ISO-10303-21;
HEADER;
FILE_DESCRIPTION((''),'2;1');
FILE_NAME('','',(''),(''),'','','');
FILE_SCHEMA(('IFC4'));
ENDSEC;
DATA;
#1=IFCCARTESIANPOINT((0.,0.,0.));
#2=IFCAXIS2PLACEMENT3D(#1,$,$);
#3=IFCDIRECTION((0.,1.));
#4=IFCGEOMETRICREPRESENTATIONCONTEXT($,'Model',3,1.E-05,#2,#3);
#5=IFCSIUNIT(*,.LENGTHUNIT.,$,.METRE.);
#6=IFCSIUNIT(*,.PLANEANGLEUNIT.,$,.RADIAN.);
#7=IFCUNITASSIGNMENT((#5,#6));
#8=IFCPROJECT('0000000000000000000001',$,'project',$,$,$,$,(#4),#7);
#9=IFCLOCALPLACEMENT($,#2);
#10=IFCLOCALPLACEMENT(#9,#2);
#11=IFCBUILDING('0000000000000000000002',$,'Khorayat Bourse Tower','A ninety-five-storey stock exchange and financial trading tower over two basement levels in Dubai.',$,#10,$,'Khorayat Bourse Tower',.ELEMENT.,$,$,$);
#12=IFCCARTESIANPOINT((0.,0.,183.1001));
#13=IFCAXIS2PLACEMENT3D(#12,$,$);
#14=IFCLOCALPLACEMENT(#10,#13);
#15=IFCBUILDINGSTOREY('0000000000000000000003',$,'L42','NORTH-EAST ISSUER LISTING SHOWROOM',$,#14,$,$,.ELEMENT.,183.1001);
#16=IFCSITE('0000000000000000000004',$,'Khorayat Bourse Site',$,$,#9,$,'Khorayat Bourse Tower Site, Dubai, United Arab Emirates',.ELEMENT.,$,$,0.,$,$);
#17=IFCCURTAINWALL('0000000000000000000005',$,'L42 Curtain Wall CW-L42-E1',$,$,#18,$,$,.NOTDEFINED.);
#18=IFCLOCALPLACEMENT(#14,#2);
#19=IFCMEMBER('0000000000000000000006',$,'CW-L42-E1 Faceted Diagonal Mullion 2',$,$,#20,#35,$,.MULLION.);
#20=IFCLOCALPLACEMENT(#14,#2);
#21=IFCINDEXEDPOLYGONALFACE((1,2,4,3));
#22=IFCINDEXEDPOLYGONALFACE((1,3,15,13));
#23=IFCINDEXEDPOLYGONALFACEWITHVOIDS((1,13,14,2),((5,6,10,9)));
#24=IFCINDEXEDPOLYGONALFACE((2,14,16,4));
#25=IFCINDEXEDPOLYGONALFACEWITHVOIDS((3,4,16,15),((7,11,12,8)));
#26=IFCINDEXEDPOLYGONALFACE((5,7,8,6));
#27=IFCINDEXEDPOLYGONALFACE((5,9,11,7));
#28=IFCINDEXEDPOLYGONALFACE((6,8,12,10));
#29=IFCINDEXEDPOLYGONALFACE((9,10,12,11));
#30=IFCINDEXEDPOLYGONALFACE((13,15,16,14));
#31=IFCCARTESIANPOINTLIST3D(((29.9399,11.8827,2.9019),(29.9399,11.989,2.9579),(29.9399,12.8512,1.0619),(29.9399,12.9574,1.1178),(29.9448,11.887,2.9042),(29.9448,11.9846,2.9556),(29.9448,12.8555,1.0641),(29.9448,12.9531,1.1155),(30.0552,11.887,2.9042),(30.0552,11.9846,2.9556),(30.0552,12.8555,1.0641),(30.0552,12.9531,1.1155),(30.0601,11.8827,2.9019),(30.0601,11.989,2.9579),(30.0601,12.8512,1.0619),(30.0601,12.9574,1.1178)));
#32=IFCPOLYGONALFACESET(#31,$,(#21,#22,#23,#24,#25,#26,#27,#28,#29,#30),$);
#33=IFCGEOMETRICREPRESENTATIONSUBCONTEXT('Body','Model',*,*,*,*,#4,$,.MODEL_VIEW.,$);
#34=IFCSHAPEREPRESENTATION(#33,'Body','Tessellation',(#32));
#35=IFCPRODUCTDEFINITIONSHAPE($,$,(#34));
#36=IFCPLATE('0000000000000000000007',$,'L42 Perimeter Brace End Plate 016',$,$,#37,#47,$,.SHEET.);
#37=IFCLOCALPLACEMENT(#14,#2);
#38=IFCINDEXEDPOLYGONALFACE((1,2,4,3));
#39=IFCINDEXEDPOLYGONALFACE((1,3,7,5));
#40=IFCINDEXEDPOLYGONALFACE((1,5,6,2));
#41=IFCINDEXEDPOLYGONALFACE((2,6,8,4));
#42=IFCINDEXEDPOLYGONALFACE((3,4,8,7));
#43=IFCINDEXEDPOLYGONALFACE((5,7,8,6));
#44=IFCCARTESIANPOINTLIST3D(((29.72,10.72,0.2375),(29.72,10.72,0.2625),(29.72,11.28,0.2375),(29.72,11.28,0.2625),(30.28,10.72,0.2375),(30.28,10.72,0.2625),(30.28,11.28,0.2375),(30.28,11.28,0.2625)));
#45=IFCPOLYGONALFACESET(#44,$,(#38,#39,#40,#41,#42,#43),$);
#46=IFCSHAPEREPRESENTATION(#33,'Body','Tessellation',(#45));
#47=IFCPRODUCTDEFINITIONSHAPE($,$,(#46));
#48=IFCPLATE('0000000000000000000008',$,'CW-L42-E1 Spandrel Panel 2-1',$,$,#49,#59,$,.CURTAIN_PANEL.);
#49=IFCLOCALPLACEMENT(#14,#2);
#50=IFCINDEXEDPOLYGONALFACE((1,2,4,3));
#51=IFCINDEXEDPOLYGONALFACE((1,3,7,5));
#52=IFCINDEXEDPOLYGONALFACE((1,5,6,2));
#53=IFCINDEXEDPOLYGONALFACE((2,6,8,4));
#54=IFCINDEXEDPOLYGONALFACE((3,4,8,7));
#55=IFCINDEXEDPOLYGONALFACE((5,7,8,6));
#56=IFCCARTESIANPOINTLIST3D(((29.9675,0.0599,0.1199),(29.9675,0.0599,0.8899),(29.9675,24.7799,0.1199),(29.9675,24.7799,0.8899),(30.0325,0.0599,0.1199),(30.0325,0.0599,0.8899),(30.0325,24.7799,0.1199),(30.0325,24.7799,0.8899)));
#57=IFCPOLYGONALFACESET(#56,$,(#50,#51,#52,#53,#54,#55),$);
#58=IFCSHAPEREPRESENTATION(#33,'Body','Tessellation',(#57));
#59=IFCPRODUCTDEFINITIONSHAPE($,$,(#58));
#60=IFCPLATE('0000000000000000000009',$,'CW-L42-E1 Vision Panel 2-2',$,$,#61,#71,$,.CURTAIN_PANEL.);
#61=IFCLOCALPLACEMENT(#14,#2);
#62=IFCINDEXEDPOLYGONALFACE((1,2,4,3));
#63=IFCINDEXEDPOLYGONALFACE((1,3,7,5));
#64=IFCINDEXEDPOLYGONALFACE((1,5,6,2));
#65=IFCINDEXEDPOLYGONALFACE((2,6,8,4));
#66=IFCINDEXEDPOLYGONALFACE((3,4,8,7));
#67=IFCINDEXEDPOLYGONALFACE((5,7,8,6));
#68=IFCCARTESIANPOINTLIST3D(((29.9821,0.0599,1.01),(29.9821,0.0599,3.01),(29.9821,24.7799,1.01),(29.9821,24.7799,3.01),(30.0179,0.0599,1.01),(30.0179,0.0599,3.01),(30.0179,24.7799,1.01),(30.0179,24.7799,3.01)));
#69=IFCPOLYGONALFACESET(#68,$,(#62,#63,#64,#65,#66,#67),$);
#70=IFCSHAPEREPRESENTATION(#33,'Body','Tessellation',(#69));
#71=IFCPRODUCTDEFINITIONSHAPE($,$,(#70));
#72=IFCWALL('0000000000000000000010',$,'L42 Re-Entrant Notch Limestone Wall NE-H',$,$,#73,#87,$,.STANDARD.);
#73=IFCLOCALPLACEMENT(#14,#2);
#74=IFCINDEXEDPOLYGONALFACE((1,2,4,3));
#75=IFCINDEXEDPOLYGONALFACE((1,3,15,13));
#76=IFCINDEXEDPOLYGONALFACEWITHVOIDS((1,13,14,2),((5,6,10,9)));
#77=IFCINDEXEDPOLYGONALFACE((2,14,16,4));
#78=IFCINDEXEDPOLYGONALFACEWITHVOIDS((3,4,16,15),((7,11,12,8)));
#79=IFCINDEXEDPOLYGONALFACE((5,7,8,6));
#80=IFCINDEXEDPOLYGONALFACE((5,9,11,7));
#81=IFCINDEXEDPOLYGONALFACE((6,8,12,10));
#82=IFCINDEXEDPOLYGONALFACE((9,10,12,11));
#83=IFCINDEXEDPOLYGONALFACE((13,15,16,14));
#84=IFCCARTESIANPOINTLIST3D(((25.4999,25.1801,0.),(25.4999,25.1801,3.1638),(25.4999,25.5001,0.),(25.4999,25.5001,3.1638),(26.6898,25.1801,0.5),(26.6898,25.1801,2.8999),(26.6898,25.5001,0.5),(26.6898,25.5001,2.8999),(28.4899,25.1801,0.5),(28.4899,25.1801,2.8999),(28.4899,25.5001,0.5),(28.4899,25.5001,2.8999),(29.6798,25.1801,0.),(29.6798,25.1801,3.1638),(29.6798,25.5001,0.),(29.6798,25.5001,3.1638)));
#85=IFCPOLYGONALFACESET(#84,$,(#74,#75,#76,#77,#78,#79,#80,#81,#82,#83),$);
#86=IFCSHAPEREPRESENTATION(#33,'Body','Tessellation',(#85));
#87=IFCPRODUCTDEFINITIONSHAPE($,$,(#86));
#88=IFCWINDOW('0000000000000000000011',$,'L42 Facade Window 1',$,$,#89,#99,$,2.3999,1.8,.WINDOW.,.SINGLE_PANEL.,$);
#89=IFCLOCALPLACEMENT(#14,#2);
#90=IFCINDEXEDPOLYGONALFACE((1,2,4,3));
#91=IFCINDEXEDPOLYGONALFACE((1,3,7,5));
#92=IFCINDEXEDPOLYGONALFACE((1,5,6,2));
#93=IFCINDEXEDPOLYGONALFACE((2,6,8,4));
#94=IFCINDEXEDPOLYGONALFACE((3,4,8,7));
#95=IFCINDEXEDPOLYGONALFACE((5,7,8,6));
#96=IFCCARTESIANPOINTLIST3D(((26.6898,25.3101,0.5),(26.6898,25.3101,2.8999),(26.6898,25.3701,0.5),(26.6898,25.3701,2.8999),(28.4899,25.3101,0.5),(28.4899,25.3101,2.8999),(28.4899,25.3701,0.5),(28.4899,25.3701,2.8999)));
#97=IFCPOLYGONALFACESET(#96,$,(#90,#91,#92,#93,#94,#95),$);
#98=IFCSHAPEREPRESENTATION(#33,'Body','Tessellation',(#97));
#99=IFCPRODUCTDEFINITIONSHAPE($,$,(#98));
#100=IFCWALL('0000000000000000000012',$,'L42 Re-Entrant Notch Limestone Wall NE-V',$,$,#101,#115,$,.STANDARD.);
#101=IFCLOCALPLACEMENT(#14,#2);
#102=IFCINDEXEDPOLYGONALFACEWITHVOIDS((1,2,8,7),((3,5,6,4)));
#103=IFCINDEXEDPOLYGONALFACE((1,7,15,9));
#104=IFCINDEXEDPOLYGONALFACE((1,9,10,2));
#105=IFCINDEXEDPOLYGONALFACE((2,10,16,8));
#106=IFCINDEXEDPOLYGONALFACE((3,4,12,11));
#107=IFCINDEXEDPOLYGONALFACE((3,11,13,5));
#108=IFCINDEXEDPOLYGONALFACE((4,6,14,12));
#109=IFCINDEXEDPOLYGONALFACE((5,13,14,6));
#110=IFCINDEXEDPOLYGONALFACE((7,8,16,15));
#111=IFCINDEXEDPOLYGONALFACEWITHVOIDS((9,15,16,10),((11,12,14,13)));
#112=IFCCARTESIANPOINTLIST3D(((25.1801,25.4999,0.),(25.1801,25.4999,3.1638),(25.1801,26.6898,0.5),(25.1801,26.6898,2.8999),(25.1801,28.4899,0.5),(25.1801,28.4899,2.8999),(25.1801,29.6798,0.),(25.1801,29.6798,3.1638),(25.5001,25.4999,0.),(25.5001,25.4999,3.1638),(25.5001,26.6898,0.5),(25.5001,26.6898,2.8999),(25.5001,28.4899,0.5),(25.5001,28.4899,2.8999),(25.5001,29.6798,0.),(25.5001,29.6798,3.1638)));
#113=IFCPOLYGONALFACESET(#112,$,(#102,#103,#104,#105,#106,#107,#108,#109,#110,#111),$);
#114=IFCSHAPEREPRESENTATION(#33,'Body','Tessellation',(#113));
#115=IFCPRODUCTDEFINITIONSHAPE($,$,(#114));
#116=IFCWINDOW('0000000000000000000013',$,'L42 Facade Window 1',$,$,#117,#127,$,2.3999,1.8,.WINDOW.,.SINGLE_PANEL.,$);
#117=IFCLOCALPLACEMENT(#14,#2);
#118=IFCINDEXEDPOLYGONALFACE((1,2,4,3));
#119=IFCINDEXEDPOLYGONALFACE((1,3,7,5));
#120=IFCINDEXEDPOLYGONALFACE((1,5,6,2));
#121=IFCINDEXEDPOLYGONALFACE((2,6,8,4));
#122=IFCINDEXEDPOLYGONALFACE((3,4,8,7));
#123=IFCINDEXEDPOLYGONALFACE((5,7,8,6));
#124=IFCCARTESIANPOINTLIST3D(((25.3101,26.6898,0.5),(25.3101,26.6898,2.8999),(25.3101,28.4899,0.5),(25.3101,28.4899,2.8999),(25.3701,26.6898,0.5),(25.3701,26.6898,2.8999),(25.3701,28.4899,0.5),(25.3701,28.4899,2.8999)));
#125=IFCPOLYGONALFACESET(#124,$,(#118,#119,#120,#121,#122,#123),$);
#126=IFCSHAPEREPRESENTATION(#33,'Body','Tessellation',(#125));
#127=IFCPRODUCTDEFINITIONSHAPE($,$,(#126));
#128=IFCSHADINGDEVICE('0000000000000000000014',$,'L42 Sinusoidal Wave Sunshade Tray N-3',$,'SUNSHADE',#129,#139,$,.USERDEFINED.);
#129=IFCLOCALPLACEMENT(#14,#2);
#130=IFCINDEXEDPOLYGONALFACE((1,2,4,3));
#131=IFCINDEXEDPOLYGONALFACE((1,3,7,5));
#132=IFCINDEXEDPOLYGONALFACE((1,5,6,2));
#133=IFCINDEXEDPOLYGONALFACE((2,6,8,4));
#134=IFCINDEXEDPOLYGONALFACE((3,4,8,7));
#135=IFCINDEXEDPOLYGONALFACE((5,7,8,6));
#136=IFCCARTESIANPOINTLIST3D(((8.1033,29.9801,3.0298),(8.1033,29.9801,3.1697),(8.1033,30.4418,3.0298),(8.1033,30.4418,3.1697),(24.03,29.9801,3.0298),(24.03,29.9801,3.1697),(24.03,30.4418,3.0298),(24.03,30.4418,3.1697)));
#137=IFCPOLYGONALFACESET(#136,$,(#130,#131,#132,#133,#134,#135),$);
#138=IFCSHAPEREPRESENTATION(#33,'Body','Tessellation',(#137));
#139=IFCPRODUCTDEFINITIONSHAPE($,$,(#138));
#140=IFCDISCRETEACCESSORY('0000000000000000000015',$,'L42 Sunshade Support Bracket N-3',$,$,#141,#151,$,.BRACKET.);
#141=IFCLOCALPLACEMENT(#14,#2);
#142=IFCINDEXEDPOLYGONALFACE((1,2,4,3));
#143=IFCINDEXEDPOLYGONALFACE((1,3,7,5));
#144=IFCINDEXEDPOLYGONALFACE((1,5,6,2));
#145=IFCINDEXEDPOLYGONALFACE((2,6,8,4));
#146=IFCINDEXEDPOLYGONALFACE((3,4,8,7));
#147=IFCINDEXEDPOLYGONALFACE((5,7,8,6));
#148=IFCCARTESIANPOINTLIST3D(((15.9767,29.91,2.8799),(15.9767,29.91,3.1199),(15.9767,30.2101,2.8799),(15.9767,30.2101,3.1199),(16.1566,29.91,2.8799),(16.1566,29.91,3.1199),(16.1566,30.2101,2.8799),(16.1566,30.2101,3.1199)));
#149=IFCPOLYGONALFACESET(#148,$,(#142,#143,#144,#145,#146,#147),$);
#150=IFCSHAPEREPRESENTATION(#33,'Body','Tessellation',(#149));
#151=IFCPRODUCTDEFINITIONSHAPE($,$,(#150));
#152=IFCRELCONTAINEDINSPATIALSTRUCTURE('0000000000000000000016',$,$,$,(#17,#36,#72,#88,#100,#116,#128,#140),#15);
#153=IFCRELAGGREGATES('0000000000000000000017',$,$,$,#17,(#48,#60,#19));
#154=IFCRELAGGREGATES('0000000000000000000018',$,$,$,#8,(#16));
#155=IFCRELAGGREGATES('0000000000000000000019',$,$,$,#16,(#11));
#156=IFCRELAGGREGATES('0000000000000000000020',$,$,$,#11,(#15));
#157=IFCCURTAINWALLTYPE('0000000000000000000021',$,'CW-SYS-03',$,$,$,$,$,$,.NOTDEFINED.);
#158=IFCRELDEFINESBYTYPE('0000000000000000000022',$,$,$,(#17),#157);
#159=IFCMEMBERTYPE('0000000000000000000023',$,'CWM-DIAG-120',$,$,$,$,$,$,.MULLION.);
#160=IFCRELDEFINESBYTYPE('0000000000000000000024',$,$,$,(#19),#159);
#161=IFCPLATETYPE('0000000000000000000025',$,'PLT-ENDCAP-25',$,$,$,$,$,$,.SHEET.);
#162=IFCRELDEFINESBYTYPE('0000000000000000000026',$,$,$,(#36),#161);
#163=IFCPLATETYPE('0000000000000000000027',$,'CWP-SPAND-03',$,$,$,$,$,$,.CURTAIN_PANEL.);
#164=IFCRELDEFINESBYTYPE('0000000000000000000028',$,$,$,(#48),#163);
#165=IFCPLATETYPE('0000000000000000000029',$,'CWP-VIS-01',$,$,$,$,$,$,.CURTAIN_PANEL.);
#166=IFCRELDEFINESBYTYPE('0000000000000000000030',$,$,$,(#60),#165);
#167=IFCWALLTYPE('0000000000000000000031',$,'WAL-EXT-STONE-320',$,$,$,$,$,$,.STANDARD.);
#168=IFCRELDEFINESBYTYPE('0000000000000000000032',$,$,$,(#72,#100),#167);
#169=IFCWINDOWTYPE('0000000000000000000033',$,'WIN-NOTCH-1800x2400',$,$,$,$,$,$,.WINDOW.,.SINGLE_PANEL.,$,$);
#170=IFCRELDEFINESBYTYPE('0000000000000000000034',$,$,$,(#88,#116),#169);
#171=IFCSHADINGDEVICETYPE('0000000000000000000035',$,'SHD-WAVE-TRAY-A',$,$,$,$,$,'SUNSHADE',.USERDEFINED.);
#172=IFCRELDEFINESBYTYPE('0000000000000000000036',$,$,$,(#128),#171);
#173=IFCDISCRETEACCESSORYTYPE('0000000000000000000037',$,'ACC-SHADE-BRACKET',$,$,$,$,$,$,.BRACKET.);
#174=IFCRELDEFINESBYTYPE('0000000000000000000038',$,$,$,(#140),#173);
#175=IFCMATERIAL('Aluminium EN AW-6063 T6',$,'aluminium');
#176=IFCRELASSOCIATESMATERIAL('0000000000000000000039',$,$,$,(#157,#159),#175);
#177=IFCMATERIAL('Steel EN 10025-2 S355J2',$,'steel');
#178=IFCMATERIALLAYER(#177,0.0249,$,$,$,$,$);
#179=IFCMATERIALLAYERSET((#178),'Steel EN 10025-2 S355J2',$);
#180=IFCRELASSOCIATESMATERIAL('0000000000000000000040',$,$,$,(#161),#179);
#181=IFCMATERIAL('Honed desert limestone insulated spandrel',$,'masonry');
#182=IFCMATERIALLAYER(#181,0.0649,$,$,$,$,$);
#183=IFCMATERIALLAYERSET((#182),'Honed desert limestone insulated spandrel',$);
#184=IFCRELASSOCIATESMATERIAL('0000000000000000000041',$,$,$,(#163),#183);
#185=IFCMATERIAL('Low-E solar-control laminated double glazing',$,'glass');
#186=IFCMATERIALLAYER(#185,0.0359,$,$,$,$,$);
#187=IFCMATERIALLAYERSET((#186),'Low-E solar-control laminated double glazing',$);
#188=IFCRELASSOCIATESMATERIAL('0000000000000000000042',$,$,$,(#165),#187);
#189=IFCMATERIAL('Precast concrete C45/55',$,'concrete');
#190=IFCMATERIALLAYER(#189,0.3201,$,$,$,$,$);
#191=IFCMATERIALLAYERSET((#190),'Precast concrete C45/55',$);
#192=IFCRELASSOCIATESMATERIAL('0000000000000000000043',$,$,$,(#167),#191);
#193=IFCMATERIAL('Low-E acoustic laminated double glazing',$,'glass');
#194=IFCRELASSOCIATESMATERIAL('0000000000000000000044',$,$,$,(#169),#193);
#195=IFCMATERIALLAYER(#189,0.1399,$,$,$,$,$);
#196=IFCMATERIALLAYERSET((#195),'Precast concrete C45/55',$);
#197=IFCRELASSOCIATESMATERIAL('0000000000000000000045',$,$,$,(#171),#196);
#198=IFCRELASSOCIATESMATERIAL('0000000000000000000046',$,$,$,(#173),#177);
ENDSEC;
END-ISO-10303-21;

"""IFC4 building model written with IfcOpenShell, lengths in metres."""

from ifc_helpers import new_model, si_unit, direction, frame, frame_2d, origin, origin_2d, place, context, subcontext, project, spatial, rectangle, hollow_rectangle, extrude, source, transform, mapped, material, layer, layer_set, material_profile, profile_set, type_object, element, fill, aggregate, save


model = new_model("IFC4")

# Units and contexts
model_context = context("Model", 3, precision=1e-05, world=origin(), true_north=direction((0.0, 1.0)))
body_context = subcontext(model_context, "Body", "Model", "MODEL_VIEW")
ifc_project = project(units=[si_unit("LENGTHUNIT", "METRE"), si_unit("PLANEANGLEUNIT", "RADIAN")], contexts=[model_context])

# Site, building, storey
site_placement = place(None, origin())
site = spatial("IfcSite", under=ifc_project, at=site_placement, Name="Khorayat Bourse Site", LongName="Khorayat Bourse Tower Site, Dubai, United Arab Emirates", CompositionType="ELEMENT", RefElevation=0.0)
building_placement = place(site_placement, origin())
building = spatial("IfcBuilding", under=site, at=building_placement, Name="Khorayat Bourse Tower", Description="A ninety-five-storey stock exchange and financial trading tower over two basement levels in Dubai.", LongName="Khorayat Bourse Tower", CompositionType="ELEMENT")
storey_placement = place(building_placement, frame((0.0, 0.0, 183.1001)))
storey = spatial("IfcBuildingStorey", under=building, at=storey_placement, Name="L42", Description="NORTH-EAST ISSUER LISTING SHOWROOM", CompositionType="ELEMENT", Elevation=183.1001)

# Shared definitions
ifc_material_1 = material(Name="Aluminium EN AW-6063 T6", Category="aluminium")
curtain_wall_type = type_object("IfcCurtainWallType", Name="CW-SYS-03", PredefinedType="NOTDEFINED", material=ifc_material_1)

# Curtain wall, member
curtain_wall_1_placement = place(storey_placement, origin())
curtain_wall_1 = element("IfcCurtainWall", 1, at=curtain_wall_1_placement, inside=storey, type_object=curtain_wall_type, Name="L42 Curtain Wall CW-L42-E1", PredefinedType="NOTDEFINED")
ifc_material_profile_1 = material_profile(ifc_material_1, hollow_rectangle(XDim=0.1201, YDim=0.1201, WallThickness=0.0049, at=origin_2d()), Name="ALU 120x120x5")
ifc_profile_set_1 = profile_set([ifc_material_profile_1], Name="Aluminium EN AW-6063 T6")
member_type_1 = type_object("IfcMemberType", Name="CWM-DIAG-120", PredefinedType="MULLION", material=ifc_profile_set_1)
shared_shape_1 = source(origin(), body_context, "Body", "SweptSolid", [
    extrude(hollow_rectangle(XDim=0.1201, YDim=0.1201, WallThickness=0.0049, at=origin_2d()), origin(), (0.0, 0.0, 1.0), 2.0793),
])
member_1_placement = place(storey_placement, frame((30.0, 12.9043, 1.0898), z_axis=(0.0, -0.465761, 0.884911), x_axis=(1.0, 0.0, 0.0)))
member_1 = element("IfcMember", 2, at=member_1_placement, type_object=member_type_1, Name="CW-L42-E1 Faceted Diagonal Mullion 2", PredefinedType="MULLION", context=body_context, shape_type="MappedRepresentation", body=[
    mapped(shared_shape_1, transform((0.0, 0.0, 0.0), scale=1.0)),
])

# Plates
ifc_material_2 = material(Name="Steel EN 10025-2 S355J2", Category="steel")
ifc_layer_1 = layer(ifc_material_2, 0.0249)
ifc_layer_set_1 = layer_set([ifc_layer_1], Name="Steel EN 10025-2 S355J2")
plate_type_1 = type_object("IfcPlateType", Name="PLT-ENDCAP-25", PredefinedType="SHEET", material=ifc_layer_set_1)
shared_shape_2 = source(origin(), body_context, "Body", "SweptSolid", [
    extrude(rectangle(XDim=0.5601, YDim=0.5601, at=origin_2d()), origin(), (0.0, 0.0, 1.0), 0.0249),
])
plate_1_placement = place(storey_placement, frame((30.0, 11.0, 0.2375), z_axis=(0.0, 0.0, 1.0), x_axis=(1.0, 0.0, 0.0)))
element("IfcPlate", 3, at=plate_1_placement, inside=storey, type_object=plate_type_1, Name="L42 Perimeter Brace End Plate 016", PredefinedType="SHEET", context=body_context, shape_type="MappedRepresentation", body=[
    mapped(shared_shape_2, transform((0.0, 0.0, 0.0), scale=1.0)),
])
ifc_material_3 = material(Name="Honed desert limestone insulated spandrel", Category="masonry")
ifc_layer_2 = layer(ifc_material_3, 0.0649)
ifc_layer_set_2 = layer_set([ifc_layer_2], Name="Honed desert limestone insulated spandrel")
plate_type_2 = type_object("IfcPlateType", Name="CWP-SPAND-03", PredefinedType="CURTAIN_PANEL", material=ifc_layer_set_2)
shared_shape_3 = source(origin(), body_context, "Body", "SweptSolid", [
    extrude(rectangle(XDim=24.72, YDim=0.0649, at=origin_2d()), origin(), (0.0, 0.0, 1.0), 0.77),
])
plate_2_placement = place(storey_placement, frame((30.0, 12.4199, 0.1199), z_axis=(0.0, 0.0, 1.0), x_axis=(0.0, 1.0, 0.0)))
plate_2 = element("IfcPlate", 4, at=plate_2_placement, type_object=plate_type_2, Name="CW-L42-E1 Spandrel Panel 2-1", PredefinedType="CURTAIN_PANEL", context=body_context, shape_type="MappedRepresentation", body=[
    mapped(shared_shape_3, transform((0.0, 0.0, 0.0), scale=1.0)),
])
ifc_material_4 = material(Name="Low-E solar-control laminated double glazing", Category="glass")
ifc_layer_3 = layer(ifc_material_4, 0.0359)
ifc_layer_set_3 = layer_set([ifc_layer_3], Name="Low-E solar-control laminated double glazing")
plate_type_3 = type_object("IfcPlateType", Name="CWP-VIS-01", PredefinedType="CURTAIN_PANEL", material=ifc_layer_set_3)
shared_shape_4 = source(origin(), body_context, "Body", "SweptSolid", [
    extrude(rectangle(XDim=24.72, YDim=0.0359, at=origin_2d()), origin(), (0.0, 0.0, 1.0), 2.0),
])
plate_3_placement = place(storey_placement, frame((30.0, 12.4199, 1.01), z_axis=(0.0, 0.0, 1.0), x_axis=(0.0, 1.0, 0.0)))
plate_3 = element("IfcPlate", 5, at=plate_3_placement, type_object=plate_type_3, Name="CW-L42-E1 Vision Panel 2-2", PredefinedType="CURTAIN_PANEL", context=body_context, shape_type="MappedRepresentation", body=[
    mapped(shared_shape_4, transform((0.0, 0.0, 0.0), scale=1.0)),
])
aggregate(curtain_wall_1, [plate_2, plate_3, member_1])

# Walls, openings, windows
ifc_material_5 = material(Name="Precast concrete C45/55", Category="concrete")
ifc_layer_4 = layer(ifc_material_5, 0.3201)
ifc_layer_set_4 = layer_set([ifc_layer_4], Name="Precast concrete C45/55")
wall_type = type_object("IfcWallType", Name="WAL-EXT-STONE-320", PredefinedType="STANDARD", material=ifc_layer_set_4)
shared_shape_5 = source(origin(), body_context, "Body", "SweptSolid", [
    extrude(rectangle(XDim=4.1799, YDim=0.3201, at=frame_2d((2.0898, 0.0))), origin(), (0.0, 0.0, 1.0), 3.1638),
])
wall_1_placement = place(storey_placement, frame((25.5, 25.3401, 0.0), z_axis=(0.0, 0.0, 1.0), x_axis=(1.0, 0.0, 0.0)))
wall_1 = element("IfcWall", 6, at=wall_1_placement, inside=storey, type_object=wall_type, Name="L42 Re-Entrant Notch Limestone Wall NE-H", PredefinedType="STANDARD", context=body_context, shape_type="MappedRepresentation", body=[
    mapped(shared_shape_5, transform((0.0, 0.0, 0.0), scale=1.0)),
])
shared_shape_6 = source(origin(), body_context, "Body", "SweptSolid", [
    extrude(rectangle(XDim=1.8, YDim=2.3999, at=frame_2d((0.8999, 1.2))), frame((0.0, 0.1699, 0.0), z_axis=(0.0, -1.0, 0.0), x_axis=(1.0, 0.0, 0.0)), (0.0, 0.0, 1.0), 0.3401),
])
opening_1_placement = place(wall_1_placement, frame((1.1899, 0.0, 0.5)))
opening_1 = element("IfcOpeningElement", 7, at=opening_1_placement, cuts=wall_1, PredefinedType="OPENING", context=body_context, shape_type="MappedRepresentation", body=[
    mapped(shared_shape_6, transform((0.0, 0.0, 0.0), scale=1.0)),
])
ifc_material_6 = material(Name="Low-E acoustic laminated double glazing", Category="glass")
window_type = type_object("IfcWindowType", Name="WIN-NOTCH-1800x2400", PartitioningType="SINGLE_PANEL", PredefinedType="WINDOW", material=ifc_material_6)
shared_shape_7 = source(origin(), body_context, "Body", "SweptSolid", [
    extrude(rectangle(XDim=1.8, YDim=2.3999, at=frame_2d((0.8999, 1.2))), frame((0.0, 0.03, 0.0), z_axis=(0.0, -1.0, 0.0), x_axis=(1.0, 0.0, 0.0)), (0.0, 0.0, 1.0), 0.0601),
])
window_1_placement = place(opening_1_placement, origin())
window_1 = element("IfcWindow", 8, at=window_1_placement, inside=storey, type_object=window_type, Name="L42 Facade Window 1", OverallHeight=2.3999, OverallWidth=1.8, PartitioningType="SINGLE_PANEL", PredefinedType="WINDOW", context=body_context, shape_type="MappedRepresentation", body=[
    mapped(shared_shape_7, transform((0.0, 0.0, 0.0), scale=1.0)),
])
fill(opening_1, window_1)
wall_2_placement = place(storey_placement, frame((25.3401, 25.5, 0.0), z_axis=(0.0, 0.0, 1.0), x_axis=(0.0, 1.0, 0.0)))
wall_2 = element("IfcWall", 9, at=wall_2_placement, inside=storey, type_object=wall_type, Name="L42 Re-Entrant Notch Limestone Wall NE-V", PredefinedType="STANDARD", context=body_context, shape_type="MappedRepresentation", body=[
    mapped(shared_shape_5, transform((0.0, 0.0, 0.0), scale=1.0)),
])
opening_2_placement = place(wall_2_placement, frame((1.1899, 0.0, 0.5)))
opening_2 = element("IfcOpeningElement", 10, at=opening_2_placement, cuts=wall_2, PredefinedType="OPENING", context=body_context, shape_type="MappedRepresentation", body=[
    mapped(shared_shape_6, transform((0.0, 0.0, 0.0), scale=1.0)),
])
window_2_placement = place(opening_2_placement, origin())
window_2 = element("IfcWindow", 11, at=window_2_placement, inside=storey, type_object=window_type, Name="L42 Facade Window 1", OverallHeight=2.3999, OverallWidth=1.8, PartitioningType="SINGLE_PANEL", PredefinedType="WINDOW", context=body_context, shape_type="MappedRepresentation", body=[
    mapped(shared_shape_7, transform((0.0, 0.0, 0.0), scale=1.0)),
])
fill(opening_2, window_2)

# Shading device
ifc_layer_5 = layer(ifc_material_5, 0.1399)
ifc_layer_set_5 = layer_set([ifc_layer_5], Name="Precast concrete C45/55")
shading_device_type = type_object("IfcShadingDeviceType", Name="SHD-WAVE-TRAY-A", ElementType="SUNSHADE", PredefinedType="USERDEFINED", material=ifc_layer_set_5)
shared_shape_8 = source(origin(), body_context, "Body", "SweptSolid", [
    extrude(rectangle(XDim=15.9268, YDim=0.4617, at=origin_2d()), origin(), (0.0, 0.0, 1.0), 0.1399),
])
shading_device_placement = place(storey_placement, frame((16.0667, 30.2109, 3.0298), z_axis=(0.0, 0.0, 1.0), x_axis=(1.0, 0.0, 0.0)))
element("IfcShadingDevice", 12, at=shading_device_placement, inside=storey, type_object=shading_device_type, Name="L42 Sinusoidal Wave Sunshade Tray N-3", ObjectType="SUNSHADE", PredefinedType="USERDEFINED", context=body_context, shape_type="MappedRepresentation", body=[
    mapped(shared_shape_8, transform((0.0, 0.0, 0.0), scale=1.0)),
])

# Discrete accessory
discrete_accessory_type = type_object("IfcDiscreteAccessoryType", Name="ACC-SHADE-BRACKET", PredefinedType="BRACKET", material=ifc_material_2)
shared_shape_9 = source(origin(), body_context, "Body", "SweptSolid", [
    extrude(rectangle(XDim=0.1799, YDim=0.3, at=origin_2d()), origin(), (0.0, 0.0, 1.0), 0.24),
])
discrete_accessory_placement = place(storey_placement, frame((16.0667, 30.0601, 2.8799), z_axis=(0.0, 0.0, 1.0), x_axis=(1.0, 0.0, 0.0)))
element("IfcDiscreteAccessory", 13, at=discrete_accessory_placement, inside=storey, type_object=discrete_accessory_type, Name="L42 Sunshade Support Bracket N-3", PredefinedType="BRACKET", context=body_context, shape_type="MappedRepresentation", body=[
    mapped(shared_shape_9, transform((0.0, 0.0, 0.0), scale=1.0)),
])

save(model, "model.ifc")
